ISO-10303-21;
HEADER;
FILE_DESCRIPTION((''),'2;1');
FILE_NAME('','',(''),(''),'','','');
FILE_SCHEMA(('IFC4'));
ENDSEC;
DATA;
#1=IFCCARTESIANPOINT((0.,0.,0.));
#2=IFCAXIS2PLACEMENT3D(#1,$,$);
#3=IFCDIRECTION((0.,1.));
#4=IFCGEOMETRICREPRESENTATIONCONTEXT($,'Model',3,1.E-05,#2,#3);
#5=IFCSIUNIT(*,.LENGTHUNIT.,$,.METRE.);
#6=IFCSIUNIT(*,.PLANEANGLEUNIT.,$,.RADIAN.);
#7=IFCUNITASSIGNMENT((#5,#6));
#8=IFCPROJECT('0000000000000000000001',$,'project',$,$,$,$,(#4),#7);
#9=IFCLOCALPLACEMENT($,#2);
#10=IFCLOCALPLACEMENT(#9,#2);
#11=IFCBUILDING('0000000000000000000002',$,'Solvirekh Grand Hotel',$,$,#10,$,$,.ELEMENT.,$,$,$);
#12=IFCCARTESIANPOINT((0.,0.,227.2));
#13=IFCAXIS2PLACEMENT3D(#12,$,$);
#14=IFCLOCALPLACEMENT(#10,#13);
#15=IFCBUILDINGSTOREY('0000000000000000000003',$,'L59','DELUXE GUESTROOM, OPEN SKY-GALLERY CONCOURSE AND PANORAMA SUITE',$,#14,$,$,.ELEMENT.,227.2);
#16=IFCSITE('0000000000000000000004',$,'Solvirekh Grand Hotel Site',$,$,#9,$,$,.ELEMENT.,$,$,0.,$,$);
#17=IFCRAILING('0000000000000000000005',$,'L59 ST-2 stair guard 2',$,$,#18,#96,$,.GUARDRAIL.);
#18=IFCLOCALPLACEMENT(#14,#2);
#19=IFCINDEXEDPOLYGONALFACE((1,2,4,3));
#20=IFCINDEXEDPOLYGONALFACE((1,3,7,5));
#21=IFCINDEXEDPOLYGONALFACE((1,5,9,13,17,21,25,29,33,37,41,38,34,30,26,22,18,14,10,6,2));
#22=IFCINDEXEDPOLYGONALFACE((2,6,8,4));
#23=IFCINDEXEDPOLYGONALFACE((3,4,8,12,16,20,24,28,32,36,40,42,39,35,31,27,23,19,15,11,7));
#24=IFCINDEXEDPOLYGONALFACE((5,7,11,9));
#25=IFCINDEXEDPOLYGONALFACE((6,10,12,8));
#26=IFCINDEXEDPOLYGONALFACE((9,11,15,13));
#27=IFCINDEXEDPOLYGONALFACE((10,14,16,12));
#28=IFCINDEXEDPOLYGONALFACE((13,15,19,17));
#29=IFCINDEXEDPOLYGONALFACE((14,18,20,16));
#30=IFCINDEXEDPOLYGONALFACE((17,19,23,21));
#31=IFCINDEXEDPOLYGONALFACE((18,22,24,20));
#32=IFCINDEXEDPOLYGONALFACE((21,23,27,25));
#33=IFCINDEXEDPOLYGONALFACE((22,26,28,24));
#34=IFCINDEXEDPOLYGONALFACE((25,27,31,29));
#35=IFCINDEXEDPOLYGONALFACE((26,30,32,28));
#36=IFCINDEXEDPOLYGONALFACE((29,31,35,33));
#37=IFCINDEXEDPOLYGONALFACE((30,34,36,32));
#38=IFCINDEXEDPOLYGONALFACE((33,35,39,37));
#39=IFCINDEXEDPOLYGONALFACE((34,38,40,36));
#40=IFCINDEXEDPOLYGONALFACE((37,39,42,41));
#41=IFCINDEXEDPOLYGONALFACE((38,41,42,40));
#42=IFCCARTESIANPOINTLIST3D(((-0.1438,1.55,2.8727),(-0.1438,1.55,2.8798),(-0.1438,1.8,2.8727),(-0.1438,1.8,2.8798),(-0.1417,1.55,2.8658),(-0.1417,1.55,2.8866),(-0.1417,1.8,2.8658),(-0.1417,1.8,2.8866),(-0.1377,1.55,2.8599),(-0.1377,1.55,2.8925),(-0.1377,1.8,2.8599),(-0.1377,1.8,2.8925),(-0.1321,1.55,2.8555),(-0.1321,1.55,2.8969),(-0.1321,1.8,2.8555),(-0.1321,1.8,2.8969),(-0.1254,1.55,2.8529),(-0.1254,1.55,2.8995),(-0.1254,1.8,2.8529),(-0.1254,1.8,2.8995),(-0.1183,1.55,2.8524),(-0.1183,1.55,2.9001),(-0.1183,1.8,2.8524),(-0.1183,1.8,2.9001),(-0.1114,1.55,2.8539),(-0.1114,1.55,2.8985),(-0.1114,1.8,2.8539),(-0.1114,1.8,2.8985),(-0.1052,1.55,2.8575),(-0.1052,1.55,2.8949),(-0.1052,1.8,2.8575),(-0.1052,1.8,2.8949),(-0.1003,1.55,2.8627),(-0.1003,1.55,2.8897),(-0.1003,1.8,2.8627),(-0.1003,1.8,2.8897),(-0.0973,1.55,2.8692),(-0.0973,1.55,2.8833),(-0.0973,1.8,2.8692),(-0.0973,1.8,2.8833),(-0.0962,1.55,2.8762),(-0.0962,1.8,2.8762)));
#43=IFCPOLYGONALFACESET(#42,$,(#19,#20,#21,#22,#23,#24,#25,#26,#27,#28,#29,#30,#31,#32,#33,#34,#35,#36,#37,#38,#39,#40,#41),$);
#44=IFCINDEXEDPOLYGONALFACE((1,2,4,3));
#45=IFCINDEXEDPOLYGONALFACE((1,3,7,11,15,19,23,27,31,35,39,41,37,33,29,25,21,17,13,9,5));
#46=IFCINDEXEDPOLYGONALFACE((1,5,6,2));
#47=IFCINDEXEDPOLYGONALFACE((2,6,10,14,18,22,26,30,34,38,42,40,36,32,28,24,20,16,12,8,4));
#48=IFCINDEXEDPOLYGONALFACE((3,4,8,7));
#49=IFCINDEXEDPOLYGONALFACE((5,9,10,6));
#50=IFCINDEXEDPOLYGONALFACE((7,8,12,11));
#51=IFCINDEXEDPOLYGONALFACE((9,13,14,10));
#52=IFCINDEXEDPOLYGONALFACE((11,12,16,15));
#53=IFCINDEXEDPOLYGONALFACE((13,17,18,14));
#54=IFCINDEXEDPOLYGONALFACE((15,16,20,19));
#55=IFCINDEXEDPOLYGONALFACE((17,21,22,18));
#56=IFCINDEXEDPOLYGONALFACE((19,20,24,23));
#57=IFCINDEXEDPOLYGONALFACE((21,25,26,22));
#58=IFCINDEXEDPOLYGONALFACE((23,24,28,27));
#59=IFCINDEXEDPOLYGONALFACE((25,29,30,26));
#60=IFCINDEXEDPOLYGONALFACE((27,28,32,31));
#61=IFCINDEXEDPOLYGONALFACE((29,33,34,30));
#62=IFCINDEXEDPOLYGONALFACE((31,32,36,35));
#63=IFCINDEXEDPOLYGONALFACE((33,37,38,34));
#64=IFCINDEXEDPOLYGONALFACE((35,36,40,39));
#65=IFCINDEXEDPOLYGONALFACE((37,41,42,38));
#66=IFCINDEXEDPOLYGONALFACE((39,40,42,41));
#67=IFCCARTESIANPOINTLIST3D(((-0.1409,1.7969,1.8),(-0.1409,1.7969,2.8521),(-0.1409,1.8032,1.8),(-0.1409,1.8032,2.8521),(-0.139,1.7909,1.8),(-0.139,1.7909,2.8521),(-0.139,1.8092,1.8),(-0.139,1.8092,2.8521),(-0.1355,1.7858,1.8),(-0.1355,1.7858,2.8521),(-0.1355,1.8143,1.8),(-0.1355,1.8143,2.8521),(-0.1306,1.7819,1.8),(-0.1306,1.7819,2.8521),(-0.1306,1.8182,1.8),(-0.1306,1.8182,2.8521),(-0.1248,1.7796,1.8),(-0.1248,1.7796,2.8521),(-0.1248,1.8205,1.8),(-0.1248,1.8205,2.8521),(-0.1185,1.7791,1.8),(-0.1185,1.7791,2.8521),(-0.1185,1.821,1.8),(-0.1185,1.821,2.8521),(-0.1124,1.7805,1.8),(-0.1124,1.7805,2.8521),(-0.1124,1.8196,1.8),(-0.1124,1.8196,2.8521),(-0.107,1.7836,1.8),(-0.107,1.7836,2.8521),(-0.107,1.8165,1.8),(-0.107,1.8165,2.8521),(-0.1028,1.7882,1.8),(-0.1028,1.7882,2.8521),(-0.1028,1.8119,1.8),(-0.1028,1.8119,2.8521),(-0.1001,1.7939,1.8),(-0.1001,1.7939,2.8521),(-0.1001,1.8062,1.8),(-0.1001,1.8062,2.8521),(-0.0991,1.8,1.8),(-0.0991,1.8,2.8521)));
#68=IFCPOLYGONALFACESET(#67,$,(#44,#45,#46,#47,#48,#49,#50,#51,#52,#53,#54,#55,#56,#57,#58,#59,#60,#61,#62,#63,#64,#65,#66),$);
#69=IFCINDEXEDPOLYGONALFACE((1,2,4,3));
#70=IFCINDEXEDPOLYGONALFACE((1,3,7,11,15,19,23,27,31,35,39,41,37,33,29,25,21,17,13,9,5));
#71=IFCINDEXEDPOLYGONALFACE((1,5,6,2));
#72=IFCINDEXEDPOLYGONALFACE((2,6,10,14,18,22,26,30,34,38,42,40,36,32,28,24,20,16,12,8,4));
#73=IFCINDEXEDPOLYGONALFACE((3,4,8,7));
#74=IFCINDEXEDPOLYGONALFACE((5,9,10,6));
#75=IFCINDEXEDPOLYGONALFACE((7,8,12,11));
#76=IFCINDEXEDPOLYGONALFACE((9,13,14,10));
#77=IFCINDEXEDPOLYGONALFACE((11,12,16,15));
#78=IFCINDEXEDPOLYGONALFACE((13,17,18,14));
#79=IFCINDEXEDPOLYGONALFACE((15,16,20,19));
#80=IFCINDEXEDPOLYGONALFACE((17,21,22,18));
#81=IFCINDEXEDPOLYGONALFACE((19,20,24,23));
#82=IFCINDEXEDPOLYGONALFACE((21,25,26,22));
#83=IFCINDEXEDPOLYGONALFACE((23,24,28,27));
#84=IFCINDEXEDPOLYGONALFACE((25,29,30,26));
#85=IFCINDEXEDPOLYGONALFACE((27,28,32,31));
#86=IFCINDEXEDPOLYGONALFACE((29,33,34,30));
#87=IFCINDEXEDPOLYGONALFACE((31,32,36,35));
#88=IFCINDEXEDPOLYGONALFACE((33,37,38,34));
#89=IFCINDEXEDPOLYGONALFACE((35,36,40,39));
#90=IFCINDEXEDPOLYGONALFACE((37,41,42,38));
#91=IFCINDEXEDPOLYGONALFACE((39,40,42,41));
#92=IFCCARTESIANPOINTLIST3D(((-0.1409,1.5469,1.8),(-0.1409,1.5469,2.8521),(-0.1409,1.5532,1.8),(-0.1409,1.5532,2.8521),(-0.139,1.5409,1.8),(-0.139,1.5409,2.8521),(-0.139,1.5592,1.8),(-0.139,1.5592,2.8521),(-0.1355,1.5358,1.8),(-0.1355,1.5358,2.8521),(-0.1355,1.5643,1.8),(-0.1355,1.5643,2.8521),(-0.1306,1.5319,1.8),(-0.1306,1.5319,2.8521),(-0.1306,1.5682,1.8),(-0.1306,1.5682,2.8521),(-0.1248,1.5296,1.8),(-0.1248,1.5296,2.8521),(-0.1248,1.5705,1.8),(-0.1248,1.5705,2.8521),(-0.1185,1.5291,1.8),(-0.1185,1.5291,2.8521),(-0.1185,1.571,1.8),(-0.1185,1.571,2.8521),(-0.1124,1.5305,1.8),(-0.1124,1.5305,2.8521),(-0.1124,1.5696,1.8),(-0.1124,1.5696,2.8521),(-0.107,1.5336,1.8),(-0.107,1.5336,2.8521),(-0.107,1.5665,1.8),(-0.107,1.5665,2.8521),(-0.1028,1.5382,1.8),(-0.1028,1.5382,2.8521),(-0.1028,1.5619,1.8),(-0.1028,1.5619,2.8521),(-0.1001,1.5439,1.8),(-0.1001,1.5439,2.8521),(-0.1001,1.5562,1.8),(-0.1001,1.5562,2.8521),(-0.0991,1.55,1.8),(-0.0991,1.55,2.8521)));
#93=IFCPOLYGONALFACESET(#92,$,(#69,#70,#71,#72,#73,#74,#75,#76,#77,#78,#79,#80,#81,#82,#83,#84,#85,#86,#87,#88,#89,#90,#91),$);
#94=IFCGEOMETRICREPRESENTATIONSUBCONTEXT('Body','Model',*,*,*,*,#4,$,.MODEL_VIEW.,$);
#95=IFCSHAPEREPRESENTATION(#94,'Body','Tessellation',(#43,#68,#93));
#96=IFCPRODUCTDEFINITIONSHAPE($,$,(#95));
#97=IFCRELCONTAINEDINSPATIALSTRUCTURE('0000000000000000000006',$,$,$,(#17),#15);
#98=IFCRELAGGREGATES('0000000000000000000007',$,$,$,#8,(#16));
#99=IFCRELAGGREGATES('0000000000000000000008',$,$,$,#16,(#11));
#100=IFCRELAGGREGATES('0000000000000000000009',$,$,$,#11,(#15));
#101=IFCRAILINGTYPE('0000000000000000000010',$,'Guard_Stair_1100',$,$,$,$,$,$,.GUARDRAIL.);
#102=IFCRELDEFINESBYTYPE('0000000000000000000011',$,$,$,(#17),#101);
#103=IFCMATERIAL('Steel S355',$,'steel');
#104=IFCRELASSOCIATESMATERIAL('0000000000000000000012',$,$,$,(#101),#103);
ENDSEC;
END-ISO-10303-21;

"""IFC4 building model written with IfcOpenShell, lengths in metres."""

from ifc_helpers import new_model, si_unit, direction, frame, origin, origin_2d, place, context, subcontext, project, spatial, circle, extrude, material, type_object, element, save


model = new_model("IFC4")

# Units and contexts
model_context = context("Model", 3, precision=1e-05, world=origin(), true_north=direction((0.0, 1.0)))
body_context = subcontext(model_context, "Body", "Model", "MODEL_VIEW")
ifc_project = project(units=[si_unit("LENGTHUNIT", "METRE"), si_unit("PLANEANGLEUNIT", "RADIAN")], contexts=[model_context])

# Site, building, storey
site_placement = place(None, origin())
site = spatial("IfcSite", under=ifc_project, at=site_placement, Name="Solvirekh Grand Hotel Site", CompositionType="ELEMENT", RefElevation=0.0)
building_placement = place(site_placement, origin())
building = spatial("IfcBuilding", under=site, at=building_placement, Name="Solvirekh Grand Hotel", CompositionType="ELEMENT")
storey_placement = place(building_placement, frame((0.0, 0.0, 227.2)))
storey = spatial("IfcBuildingStorey", under=building, at=storey_placement, Name="L59", Description="DELUXE GUESTROOM, OPEN SKY-GALLERY CONCOURSE AND PANORAMA SUITE", CompositionType="ELEMENT", Elevation=227.2)

# Shared definitions
ifc_material_1 = material(Name="Steel S355", Category="steel")

# Railing
railing_type_1 = type_object("IfcRailingType", Name="Guard_Stair_1100", PredefinedType="GUARDRAIL", material=ifc_material_1)
railing_1_placement = place(storey_placement, frame((-0.1201, 1.8, 1.8)))
element("IfcRailing", 1, at=railing_1_placement, inside=storey, type_object=railing_type_1, Name="L59 ST-2 stair guard 2", PredefinedType="GUARDRAIL", context=body_context, shape_type="SweptSolid", body=[
    extrude(circle(Radius=0.0239, at=origin_2d()), frame((0.0, 0.0, 1.0762), z_axis=(0.0, -1.0, 0.0), x_axis=(1.0, 0.0, 0.0)), (0.0, 0.0, 1.0), 0.25),
    extrude(circle(Radius=0.021, at=origin_2d()), origin(), (0.0, 0.0, 1.0), 1.052),
    extrude(circle(Radius=0.021, at=origin_2d()), frame((0.0, -0.25, 0.0)), (0.0, 0.0, 1.0), 1.052),
])

save(model, "model.ifc")
